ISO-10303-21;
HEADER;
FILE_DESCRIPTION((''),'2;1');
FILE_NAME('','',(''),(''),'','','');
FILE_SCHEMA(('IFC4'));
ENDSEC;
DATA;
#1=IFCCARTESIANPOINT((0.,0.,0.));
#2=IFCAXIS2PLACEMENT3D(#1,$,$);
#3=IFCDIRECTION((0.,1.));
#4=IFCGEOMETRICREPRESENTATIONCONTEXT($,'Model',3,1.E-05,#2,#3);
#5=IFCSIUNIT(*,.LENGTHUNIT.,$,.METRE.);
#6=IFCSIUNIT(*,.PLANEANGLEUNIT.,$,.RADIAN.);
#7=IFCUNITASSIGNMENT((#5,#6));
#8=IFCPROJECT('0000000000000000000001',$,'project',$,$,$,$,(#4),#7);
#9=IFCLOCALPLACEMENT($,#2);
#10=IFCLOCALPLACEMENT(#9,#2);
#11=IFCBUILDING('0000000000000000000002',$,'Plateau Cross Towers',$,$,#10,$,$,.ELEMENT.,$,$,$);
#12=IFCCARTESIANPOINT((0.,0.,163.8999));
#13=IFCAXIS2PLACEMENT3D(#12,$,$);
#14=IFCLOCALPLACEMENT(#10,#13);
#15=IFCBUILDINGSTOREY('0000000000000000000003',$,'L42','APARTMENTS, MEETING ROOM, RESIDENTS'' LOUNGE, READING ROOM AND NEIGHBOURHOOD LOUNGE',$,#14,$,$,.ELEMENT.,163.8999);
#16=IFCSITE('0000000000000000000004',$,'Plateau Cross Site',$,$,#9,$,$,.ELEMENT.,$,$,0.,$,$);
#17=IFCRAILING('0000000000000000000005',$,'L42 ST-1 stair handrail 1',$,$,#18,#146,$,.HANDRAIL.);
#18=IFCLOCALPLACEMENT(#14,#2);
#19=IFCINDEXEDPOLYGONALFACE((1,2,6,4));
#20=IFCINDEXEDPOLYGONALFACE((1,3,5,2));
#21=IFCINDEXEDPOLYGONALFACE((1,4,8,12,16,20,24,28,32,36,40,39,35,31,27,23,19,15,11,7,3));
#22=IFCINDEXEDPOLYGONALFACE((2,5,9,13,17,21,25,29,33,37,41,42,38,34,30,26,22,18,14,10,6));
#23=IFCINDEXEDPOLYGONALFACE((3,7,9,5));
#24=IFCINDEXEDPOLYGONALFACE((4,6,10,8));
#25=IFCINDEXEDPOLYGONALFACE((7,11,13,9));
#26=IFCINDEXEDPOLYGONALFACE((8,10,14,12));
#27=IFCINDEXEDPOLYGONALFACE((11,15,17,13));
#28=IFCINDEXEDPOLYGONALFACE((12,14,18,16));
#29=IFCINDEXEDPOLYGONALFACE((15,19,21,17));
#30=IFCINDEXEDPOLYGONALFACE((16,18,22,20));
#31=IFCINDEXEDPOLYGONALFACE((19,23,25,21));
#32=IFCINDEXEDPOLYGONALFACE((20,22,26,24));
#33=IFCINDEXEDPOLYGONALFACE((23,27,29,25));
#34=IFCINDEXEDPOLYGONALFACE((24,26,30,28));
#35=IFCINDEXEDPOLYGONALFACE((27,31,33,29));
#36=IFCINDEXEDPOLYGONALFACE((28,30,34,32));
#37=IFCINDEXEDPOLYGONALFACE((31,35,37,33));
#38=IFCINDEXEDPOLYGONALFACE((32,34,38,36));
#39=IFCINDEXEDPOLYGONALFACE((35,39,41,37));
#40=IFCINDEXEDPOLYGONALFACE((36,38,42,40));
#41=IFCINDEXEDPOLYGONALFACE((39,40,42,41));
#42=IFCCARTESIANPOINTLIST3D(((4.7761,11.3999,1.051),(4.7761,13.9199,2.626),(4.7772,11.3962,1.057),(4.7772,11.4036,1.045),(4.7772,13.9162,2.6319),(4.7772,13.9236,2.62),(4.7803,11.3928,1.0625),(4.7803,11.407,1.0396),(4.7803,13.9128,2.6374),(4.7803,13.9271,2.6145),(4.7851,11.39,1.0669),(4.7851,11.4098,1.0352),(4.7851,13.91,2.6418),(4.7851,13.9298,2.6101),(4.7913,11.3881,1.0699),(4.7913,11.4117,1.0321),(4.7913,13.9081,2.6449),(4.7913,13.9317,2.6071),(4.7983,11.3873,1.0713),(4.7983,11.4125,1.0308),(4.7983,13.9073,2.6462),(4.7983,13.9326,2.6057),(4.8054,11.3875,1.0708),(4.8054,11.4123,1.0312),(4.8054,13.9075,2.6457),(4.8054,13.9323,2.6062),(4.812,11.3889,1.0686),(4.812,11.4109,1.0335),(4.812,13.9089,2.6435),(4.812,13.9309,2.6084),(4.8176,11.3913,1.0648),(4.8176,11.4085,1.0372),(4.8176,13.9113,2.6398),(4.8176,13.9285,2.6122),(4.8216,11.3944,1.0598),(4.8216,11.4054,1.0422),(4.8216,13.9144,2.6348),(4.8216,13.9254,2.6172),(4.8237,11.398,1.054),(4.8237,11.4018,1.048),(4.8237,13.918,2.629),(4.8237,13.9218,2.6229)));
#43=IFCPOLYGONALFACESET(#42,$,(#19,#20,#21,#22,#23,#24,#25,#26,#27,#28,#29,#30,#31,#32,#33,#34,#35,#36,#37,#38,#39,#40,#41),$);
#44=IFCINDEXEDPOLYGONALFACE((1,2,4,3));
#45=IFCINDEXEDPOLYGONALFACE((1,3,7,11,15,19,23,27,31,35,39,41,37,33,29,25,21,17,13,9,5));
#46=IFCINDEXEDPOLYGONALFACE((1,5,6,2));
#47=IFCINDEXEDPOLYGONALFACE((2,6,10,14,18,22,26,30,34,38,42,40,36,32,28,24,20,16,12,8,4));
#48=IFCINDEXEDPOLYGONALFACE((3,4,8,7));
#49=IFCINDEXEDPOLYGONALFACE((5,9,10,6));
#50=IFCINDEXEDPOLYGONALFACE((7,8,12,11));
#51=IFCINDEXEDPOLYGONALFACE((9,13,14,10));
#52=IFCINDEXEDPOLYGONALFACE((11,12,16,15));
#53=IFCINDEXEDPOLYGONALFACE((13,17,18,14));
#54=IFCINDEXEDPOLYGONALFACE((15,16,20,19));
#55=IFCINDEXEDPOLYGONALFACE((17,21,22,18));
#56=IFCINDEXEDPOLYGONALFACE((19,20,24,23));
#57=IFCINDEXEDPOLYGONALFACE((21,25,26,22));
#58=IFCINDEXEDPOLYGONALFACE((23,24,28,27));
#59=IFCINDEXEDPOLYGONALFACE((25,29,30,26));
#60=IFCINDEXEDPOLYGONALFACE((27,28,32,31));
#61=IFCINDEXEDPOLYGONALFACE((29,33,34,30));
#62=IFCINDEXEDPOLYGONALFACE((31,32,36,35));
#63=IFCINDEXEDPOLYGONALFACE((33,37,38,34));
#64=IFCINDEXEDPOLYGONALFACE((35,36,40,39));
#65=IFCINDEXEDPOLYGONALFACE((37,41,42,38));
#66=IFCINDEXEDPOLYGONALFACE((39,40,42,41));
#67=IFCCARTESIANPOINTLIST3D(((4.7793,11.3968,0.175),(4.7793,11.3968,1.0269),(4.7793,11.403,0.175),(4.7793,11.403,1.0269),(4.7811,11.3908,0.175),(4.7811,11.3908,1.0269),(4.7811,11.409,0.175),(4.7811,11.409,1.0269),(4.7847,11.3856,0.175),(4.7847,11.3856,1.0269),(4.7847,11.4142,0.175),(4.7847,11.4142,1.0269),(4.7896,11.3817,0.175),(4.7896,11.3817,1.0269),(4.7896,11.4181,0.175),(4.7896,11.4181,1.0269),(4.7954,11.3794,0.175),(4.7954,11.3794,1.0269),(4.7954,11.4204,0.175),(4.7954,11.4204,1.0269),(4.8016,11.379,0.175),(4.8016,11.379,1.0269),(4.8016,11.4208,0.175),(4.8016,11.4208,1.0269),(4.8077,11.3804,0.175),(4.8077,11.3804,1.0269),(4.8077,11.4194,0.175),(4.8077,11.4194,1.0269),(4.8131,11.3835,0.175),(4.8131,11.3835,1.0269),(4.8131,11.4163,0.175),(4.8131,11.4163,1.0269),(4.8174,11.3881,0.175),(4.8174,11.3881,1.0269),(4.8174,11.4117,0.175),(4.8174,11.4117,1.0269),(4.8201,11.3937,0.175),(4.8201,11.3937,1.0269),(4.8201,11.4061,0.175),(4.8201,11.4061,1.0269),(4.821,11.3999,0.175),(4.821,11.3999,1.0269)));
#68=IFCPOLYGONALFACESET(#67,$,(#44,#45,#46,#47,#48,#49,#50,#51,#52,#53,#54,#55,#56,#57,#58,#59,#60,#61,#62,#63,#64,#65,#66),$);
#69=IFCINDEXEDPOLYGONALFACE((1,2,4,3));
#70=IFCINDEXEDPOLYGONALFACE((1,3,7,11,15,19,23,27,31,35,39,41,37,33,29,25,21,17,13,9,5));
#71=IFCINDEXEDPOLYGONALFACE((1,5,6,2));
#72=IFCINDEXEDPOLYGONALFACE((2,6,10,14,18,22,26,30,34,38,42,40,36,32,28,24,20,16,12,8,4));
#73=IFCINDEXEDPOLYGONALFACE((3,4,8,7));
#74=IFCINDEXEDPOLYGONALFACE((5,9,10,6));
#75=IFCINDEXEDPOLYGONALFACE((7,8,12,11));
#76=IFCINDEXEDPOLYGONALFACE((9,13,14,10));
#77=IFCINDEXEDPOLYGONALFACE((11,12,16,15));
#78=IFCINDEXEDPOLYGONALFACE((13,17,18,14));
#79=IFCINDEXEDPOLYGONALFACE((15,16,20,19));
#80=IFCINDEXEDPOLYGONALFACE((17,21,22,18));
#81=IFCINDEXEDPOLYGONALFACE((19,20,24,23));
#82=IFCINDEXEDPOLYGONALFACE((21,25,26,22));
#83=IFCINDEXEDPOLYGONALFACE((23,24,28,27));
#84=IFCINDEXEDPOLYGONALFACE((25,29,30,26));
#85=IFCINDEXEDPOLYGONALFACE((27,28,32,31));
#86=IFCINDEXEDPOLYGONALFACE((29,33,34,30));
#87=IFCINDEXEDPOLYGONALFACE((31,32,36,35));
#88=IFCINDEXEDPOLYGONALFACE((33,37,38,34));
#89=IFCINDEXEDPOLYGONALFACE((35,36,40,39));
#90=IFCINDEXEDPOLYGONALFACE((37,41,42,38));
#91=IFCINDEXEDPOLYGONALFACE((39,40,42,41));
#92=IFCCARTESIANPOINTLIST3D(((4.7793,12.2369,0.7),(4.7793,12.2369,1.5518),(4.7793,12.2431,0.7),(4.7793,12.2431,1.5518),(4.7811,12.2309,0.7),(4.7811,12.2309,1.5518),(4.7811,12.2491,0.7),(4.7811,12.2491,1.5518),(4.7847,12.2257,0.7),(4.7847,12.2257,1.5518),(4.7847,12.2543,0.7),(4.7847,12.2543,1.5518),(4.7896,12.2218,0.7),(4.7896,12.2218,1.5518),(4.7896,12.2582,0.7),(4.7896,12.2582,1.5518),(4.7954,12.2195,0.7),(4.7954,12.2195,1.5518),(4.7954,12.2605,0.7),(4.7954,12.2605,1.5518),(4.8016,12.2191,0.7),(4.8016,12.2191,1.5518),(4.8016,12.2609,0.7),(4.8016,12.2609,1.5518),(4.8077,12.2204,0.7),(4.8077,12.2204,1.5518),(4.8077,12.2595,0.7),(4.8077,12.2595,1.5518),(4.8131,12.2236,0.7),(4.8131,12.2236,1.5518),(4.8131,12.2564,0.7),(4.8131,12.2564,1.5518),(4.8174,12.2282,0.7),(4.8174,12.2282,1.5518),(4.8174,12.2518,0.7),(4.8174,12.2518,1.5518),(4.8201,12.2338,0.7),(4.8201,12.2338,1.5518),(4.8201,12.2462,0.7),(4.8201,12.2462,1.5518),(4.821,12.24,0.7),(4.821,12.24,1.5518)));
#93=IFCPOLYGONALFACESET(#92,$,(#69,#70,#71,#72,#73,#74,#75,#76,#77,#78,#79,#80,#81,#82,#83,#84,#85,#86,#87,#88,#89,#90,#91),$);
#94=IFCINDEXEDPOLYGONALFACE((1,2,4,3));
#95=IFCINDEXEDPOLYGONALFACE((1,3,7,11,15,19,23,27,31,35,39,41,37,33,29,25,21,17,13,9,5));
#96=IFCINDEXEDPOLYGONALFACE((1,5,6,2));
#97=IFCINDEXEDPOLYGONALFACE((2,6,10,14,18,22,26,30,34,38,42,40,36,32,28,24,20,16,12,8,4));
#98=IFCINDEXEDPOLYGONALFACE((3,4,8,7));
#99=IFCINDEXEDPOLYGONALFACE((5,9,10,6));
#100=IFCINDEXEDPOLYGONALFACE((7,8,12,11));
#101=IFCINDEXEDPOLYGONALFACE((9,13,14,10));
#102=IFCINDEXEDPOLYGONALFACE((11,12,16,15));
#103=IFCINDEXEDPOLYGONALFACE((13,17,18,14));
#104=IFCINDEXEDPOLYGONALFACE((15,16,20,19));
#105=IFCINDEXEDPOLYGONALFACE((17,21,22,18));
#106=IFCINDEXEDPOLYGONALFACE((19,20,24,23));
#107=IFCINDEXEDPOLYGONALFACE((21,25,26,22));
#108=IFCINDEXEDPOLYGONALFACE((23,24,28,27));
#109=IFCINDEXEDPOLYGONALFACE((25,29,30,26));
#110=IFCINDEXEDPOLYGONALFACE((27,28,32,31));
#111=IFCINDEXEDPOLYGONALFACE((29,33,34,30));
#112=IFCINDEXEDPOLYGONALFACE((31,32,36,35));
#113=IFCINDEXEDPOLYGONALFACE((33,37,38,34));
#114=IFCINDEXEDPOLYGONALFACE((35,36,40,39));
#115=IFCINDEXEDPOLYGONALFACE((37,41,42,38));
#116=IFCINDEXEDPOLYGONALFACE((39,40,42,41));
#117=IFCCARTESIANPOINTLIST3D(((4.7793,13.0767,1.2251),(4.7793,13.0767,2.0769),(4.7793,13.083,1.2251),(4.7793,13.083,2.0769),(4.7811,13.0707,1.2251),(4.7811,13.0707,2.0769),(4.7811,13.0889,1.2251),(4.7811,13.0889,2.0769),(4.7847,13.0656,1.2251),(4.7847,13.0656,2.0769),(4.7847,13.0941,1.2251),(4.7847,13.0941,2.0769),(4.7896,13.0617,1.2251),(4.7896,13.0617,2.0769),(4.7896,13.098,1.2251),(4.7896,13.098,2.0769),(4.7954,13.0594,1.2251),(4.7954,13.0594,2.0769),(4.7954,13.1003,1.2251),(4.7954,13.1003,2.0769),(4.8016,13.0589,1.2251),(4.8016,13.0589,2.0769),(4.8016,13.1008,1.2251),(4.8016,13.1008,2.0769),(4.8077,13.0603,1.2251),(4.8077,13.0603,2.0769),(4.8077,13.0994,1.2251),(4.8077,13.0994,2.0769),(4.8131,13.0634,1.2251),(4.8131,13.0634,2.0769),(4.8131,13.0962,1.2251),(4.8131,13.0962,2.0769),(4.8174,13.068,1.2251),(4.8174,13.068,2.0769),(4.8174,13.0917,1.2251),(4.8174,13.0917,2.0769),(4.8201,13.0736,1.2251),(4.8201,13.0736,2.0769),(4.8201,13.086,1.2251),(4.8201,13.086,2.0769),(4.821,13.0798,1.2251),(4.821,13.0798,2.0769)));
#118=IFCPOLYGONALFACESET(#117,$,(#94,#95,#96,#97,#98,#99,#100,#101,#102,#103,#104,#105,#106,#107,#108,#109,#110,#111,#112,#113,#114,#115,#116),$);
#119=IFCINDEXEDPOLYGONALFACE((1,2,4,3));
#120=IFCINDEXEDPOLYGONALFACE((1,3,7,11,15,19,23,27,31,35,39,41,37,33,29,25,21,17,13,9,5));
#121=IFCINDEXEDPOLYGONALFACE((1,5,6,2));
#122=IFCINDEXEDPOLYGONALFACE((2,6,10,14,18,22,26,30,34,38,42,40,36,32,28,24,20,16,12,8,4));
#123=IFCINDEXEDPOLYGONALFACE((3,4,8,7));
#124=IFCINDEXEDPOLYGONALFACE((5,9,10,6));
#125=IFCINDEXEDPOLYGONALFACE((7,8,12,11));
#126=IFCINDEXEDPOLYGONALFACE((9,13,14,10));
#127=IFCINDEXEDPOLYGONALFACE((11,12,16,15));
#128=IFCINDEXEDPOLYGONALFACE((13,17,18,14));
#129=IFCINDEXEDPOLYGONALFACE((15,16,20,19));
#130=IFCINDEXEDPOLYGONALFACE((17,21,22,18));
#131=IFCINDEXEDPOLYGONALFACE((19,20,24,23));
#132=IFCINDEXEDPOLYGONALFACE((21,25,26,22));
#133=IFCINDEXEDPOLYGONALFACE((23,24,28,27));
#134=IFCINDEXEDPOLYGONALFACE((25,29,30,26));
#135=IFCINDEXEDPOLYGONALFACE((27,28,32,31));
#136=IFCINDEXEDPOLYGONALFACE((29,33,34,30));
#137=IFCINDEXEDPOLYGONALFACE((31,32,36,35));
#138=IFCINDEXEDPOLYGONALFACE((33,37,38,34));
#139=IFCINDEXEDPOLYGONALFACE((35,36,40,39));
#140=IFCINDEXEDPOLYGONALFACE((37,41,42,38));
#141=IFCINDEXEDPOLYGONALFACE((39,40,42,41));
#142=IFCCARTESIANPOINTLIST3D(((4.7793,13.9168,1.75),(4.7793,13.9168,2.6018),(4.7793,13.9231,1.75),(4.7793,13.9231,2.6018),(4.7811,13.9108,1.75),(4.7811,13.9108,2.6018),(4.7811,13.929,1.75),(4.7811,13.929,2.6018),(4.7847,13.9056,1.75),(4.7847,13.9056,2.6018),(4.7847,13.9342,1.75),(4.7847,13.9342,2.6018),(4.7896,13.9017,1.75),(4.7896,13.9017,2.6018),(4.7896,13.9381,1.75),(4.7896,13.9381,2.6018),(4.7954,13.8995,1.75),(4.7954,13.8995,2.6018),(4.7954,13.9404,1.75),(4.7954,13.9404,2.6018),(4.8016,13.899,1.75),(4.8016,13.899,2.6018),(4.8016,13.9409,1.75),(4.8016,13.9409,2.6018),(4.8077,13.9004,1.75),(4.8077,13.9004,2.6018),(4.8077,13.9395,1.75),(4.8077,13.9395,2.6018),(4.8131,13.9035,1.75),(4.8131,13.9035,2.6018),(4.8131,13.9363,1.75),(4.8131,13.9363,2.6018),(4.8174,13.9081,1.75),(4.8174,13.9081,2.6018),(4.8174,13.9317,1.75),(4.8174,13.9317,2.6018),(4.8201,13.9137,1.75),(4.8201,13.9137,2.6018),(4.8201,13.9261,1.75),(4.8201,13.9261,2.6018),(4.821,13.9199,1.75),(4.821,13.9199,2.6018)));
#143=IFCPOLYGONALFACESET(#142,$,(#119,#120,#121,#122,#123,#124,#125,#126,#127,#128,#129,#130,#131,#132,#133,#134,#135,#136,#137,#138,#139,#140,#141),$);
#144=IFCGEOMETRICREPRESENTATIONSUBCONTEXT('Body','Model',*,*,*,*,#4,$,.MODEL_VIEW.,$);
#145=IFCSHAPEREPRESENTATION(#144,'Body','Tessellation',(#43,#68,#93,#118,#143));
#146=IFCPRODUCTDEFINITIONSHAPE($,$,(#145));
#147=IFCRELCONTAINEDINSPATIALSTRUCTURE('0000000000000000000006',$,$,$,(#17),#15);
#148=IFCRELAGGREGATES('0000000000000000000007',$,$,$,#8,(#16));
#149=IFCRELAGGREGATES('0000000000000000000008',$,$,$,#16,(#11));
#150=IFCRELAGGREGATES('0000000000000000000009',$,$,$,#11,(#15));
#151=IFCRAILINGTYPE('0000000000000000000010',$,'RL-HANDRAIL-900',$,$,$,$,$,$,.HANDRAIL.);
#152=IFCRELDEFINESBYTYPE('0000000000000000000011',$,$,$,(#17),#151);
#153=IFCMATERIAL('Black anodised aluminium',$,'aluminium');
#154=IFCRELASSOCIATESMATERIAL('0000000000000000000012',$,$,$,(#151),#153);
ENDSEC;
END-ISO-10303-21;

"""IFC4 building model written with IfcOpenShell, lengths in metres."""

from ifc_helpers import new_model, si_unit, direction, frame, origin, origin_2d, place, context, subcontext, project, spatial, circle, extrude, material, type_object, element, save


model = new_model("IFC4")

# Units and contexts
model_context = context("Model", 3, precision=1e-05, world=origin(), true_north=direction((0.0, 1.0)))
body_context = subcontext(model_context, "Body", "Model", "MODEL_VIEW")
ifc_project = project(units=[si_unit("LENGTHUNIT", "METRE"), si_unit("PLANEANGLEUNIT", "RADIAN")], contexts=[model_context])

# Site, building, storey
site_placement = place(None, origin())
site = spatial("IfcSite", under=ifc_project, at=site_placement, Name="Plateau Cross Site", CompositionType="ELEMENT", RefElevation=0.0)
building_placement = place(site_placement, origin())
building = spatial("IfcBuilding", under=site, at=building_placement, Name="Plateau Cross Towers", CompositionType="ELEMENT")
storey_placement = place(building_placement, frame((0.0, 0.0, 163.8999)))
storey = spatial("IfcBuildingStorey", under=building, at=storey_placement, Name="L42", Description="APARTMENTS, MEETING ROOM, RESIDENTS' LOUNGE, READING ROOM AND NEIGHBOURHOOD LOUNGE", CompositionType="ELEMENT", Elevation=163.8999)

# Shared definitions
ifc_material_1 = material(Name="Black anodised aluminium", Category="aluminium")

# Railing
railing_type_1 = type_object("IfcRailingType", Name="RL-HANDRAIL-900", PredefinedType="HANDRAIL", material=ifc_material_1)
railing_1_placement = place(storey_placement, frame((4.8, 11.3999, 0.175)))
element("IfcRailing", 1, at=railing_1_placement, inside=storey, type_object=railing_type_1, Name="L42 ST-1 stair handrail 1", PredefinedType="HANDRAIL", context=body_context, shape_type="SweptSolid", body=[
    extrude(circle(Radius=0.0239, at=origin_2d()), frame((0.0, 0.0, 0.876), z_axis=(0.0, 0.848008, 0.529984), x_axis=(-1.0, 0.0, 0.0)), (0.0, 0.0, 1.0), 2.9717),
    extrude(circle(Radius=0.021, at=origin_2d()), origin(), (0.0, 0.0, 1.0), 0.8518),
    extrude(circle(Radius=0.021, at=origin_2d()), frame((0.0, 0.8401, 0.5249)), (0.0, 0.0, 1.0), 0.8518),
    extrude(circle(Radius=0.021, at=origin_2d()), frame((0.0, 1.6799, 1.05)), (0.0, 0.0, 1.0), 0.8518),
    extrude(circle(Radius=0.021, at=origin_2d()), frame((0.0, 2.52, 1.575)), (0.0, 0.0, 1.0), 0.8518),
])

save(model, "model.ifc")
